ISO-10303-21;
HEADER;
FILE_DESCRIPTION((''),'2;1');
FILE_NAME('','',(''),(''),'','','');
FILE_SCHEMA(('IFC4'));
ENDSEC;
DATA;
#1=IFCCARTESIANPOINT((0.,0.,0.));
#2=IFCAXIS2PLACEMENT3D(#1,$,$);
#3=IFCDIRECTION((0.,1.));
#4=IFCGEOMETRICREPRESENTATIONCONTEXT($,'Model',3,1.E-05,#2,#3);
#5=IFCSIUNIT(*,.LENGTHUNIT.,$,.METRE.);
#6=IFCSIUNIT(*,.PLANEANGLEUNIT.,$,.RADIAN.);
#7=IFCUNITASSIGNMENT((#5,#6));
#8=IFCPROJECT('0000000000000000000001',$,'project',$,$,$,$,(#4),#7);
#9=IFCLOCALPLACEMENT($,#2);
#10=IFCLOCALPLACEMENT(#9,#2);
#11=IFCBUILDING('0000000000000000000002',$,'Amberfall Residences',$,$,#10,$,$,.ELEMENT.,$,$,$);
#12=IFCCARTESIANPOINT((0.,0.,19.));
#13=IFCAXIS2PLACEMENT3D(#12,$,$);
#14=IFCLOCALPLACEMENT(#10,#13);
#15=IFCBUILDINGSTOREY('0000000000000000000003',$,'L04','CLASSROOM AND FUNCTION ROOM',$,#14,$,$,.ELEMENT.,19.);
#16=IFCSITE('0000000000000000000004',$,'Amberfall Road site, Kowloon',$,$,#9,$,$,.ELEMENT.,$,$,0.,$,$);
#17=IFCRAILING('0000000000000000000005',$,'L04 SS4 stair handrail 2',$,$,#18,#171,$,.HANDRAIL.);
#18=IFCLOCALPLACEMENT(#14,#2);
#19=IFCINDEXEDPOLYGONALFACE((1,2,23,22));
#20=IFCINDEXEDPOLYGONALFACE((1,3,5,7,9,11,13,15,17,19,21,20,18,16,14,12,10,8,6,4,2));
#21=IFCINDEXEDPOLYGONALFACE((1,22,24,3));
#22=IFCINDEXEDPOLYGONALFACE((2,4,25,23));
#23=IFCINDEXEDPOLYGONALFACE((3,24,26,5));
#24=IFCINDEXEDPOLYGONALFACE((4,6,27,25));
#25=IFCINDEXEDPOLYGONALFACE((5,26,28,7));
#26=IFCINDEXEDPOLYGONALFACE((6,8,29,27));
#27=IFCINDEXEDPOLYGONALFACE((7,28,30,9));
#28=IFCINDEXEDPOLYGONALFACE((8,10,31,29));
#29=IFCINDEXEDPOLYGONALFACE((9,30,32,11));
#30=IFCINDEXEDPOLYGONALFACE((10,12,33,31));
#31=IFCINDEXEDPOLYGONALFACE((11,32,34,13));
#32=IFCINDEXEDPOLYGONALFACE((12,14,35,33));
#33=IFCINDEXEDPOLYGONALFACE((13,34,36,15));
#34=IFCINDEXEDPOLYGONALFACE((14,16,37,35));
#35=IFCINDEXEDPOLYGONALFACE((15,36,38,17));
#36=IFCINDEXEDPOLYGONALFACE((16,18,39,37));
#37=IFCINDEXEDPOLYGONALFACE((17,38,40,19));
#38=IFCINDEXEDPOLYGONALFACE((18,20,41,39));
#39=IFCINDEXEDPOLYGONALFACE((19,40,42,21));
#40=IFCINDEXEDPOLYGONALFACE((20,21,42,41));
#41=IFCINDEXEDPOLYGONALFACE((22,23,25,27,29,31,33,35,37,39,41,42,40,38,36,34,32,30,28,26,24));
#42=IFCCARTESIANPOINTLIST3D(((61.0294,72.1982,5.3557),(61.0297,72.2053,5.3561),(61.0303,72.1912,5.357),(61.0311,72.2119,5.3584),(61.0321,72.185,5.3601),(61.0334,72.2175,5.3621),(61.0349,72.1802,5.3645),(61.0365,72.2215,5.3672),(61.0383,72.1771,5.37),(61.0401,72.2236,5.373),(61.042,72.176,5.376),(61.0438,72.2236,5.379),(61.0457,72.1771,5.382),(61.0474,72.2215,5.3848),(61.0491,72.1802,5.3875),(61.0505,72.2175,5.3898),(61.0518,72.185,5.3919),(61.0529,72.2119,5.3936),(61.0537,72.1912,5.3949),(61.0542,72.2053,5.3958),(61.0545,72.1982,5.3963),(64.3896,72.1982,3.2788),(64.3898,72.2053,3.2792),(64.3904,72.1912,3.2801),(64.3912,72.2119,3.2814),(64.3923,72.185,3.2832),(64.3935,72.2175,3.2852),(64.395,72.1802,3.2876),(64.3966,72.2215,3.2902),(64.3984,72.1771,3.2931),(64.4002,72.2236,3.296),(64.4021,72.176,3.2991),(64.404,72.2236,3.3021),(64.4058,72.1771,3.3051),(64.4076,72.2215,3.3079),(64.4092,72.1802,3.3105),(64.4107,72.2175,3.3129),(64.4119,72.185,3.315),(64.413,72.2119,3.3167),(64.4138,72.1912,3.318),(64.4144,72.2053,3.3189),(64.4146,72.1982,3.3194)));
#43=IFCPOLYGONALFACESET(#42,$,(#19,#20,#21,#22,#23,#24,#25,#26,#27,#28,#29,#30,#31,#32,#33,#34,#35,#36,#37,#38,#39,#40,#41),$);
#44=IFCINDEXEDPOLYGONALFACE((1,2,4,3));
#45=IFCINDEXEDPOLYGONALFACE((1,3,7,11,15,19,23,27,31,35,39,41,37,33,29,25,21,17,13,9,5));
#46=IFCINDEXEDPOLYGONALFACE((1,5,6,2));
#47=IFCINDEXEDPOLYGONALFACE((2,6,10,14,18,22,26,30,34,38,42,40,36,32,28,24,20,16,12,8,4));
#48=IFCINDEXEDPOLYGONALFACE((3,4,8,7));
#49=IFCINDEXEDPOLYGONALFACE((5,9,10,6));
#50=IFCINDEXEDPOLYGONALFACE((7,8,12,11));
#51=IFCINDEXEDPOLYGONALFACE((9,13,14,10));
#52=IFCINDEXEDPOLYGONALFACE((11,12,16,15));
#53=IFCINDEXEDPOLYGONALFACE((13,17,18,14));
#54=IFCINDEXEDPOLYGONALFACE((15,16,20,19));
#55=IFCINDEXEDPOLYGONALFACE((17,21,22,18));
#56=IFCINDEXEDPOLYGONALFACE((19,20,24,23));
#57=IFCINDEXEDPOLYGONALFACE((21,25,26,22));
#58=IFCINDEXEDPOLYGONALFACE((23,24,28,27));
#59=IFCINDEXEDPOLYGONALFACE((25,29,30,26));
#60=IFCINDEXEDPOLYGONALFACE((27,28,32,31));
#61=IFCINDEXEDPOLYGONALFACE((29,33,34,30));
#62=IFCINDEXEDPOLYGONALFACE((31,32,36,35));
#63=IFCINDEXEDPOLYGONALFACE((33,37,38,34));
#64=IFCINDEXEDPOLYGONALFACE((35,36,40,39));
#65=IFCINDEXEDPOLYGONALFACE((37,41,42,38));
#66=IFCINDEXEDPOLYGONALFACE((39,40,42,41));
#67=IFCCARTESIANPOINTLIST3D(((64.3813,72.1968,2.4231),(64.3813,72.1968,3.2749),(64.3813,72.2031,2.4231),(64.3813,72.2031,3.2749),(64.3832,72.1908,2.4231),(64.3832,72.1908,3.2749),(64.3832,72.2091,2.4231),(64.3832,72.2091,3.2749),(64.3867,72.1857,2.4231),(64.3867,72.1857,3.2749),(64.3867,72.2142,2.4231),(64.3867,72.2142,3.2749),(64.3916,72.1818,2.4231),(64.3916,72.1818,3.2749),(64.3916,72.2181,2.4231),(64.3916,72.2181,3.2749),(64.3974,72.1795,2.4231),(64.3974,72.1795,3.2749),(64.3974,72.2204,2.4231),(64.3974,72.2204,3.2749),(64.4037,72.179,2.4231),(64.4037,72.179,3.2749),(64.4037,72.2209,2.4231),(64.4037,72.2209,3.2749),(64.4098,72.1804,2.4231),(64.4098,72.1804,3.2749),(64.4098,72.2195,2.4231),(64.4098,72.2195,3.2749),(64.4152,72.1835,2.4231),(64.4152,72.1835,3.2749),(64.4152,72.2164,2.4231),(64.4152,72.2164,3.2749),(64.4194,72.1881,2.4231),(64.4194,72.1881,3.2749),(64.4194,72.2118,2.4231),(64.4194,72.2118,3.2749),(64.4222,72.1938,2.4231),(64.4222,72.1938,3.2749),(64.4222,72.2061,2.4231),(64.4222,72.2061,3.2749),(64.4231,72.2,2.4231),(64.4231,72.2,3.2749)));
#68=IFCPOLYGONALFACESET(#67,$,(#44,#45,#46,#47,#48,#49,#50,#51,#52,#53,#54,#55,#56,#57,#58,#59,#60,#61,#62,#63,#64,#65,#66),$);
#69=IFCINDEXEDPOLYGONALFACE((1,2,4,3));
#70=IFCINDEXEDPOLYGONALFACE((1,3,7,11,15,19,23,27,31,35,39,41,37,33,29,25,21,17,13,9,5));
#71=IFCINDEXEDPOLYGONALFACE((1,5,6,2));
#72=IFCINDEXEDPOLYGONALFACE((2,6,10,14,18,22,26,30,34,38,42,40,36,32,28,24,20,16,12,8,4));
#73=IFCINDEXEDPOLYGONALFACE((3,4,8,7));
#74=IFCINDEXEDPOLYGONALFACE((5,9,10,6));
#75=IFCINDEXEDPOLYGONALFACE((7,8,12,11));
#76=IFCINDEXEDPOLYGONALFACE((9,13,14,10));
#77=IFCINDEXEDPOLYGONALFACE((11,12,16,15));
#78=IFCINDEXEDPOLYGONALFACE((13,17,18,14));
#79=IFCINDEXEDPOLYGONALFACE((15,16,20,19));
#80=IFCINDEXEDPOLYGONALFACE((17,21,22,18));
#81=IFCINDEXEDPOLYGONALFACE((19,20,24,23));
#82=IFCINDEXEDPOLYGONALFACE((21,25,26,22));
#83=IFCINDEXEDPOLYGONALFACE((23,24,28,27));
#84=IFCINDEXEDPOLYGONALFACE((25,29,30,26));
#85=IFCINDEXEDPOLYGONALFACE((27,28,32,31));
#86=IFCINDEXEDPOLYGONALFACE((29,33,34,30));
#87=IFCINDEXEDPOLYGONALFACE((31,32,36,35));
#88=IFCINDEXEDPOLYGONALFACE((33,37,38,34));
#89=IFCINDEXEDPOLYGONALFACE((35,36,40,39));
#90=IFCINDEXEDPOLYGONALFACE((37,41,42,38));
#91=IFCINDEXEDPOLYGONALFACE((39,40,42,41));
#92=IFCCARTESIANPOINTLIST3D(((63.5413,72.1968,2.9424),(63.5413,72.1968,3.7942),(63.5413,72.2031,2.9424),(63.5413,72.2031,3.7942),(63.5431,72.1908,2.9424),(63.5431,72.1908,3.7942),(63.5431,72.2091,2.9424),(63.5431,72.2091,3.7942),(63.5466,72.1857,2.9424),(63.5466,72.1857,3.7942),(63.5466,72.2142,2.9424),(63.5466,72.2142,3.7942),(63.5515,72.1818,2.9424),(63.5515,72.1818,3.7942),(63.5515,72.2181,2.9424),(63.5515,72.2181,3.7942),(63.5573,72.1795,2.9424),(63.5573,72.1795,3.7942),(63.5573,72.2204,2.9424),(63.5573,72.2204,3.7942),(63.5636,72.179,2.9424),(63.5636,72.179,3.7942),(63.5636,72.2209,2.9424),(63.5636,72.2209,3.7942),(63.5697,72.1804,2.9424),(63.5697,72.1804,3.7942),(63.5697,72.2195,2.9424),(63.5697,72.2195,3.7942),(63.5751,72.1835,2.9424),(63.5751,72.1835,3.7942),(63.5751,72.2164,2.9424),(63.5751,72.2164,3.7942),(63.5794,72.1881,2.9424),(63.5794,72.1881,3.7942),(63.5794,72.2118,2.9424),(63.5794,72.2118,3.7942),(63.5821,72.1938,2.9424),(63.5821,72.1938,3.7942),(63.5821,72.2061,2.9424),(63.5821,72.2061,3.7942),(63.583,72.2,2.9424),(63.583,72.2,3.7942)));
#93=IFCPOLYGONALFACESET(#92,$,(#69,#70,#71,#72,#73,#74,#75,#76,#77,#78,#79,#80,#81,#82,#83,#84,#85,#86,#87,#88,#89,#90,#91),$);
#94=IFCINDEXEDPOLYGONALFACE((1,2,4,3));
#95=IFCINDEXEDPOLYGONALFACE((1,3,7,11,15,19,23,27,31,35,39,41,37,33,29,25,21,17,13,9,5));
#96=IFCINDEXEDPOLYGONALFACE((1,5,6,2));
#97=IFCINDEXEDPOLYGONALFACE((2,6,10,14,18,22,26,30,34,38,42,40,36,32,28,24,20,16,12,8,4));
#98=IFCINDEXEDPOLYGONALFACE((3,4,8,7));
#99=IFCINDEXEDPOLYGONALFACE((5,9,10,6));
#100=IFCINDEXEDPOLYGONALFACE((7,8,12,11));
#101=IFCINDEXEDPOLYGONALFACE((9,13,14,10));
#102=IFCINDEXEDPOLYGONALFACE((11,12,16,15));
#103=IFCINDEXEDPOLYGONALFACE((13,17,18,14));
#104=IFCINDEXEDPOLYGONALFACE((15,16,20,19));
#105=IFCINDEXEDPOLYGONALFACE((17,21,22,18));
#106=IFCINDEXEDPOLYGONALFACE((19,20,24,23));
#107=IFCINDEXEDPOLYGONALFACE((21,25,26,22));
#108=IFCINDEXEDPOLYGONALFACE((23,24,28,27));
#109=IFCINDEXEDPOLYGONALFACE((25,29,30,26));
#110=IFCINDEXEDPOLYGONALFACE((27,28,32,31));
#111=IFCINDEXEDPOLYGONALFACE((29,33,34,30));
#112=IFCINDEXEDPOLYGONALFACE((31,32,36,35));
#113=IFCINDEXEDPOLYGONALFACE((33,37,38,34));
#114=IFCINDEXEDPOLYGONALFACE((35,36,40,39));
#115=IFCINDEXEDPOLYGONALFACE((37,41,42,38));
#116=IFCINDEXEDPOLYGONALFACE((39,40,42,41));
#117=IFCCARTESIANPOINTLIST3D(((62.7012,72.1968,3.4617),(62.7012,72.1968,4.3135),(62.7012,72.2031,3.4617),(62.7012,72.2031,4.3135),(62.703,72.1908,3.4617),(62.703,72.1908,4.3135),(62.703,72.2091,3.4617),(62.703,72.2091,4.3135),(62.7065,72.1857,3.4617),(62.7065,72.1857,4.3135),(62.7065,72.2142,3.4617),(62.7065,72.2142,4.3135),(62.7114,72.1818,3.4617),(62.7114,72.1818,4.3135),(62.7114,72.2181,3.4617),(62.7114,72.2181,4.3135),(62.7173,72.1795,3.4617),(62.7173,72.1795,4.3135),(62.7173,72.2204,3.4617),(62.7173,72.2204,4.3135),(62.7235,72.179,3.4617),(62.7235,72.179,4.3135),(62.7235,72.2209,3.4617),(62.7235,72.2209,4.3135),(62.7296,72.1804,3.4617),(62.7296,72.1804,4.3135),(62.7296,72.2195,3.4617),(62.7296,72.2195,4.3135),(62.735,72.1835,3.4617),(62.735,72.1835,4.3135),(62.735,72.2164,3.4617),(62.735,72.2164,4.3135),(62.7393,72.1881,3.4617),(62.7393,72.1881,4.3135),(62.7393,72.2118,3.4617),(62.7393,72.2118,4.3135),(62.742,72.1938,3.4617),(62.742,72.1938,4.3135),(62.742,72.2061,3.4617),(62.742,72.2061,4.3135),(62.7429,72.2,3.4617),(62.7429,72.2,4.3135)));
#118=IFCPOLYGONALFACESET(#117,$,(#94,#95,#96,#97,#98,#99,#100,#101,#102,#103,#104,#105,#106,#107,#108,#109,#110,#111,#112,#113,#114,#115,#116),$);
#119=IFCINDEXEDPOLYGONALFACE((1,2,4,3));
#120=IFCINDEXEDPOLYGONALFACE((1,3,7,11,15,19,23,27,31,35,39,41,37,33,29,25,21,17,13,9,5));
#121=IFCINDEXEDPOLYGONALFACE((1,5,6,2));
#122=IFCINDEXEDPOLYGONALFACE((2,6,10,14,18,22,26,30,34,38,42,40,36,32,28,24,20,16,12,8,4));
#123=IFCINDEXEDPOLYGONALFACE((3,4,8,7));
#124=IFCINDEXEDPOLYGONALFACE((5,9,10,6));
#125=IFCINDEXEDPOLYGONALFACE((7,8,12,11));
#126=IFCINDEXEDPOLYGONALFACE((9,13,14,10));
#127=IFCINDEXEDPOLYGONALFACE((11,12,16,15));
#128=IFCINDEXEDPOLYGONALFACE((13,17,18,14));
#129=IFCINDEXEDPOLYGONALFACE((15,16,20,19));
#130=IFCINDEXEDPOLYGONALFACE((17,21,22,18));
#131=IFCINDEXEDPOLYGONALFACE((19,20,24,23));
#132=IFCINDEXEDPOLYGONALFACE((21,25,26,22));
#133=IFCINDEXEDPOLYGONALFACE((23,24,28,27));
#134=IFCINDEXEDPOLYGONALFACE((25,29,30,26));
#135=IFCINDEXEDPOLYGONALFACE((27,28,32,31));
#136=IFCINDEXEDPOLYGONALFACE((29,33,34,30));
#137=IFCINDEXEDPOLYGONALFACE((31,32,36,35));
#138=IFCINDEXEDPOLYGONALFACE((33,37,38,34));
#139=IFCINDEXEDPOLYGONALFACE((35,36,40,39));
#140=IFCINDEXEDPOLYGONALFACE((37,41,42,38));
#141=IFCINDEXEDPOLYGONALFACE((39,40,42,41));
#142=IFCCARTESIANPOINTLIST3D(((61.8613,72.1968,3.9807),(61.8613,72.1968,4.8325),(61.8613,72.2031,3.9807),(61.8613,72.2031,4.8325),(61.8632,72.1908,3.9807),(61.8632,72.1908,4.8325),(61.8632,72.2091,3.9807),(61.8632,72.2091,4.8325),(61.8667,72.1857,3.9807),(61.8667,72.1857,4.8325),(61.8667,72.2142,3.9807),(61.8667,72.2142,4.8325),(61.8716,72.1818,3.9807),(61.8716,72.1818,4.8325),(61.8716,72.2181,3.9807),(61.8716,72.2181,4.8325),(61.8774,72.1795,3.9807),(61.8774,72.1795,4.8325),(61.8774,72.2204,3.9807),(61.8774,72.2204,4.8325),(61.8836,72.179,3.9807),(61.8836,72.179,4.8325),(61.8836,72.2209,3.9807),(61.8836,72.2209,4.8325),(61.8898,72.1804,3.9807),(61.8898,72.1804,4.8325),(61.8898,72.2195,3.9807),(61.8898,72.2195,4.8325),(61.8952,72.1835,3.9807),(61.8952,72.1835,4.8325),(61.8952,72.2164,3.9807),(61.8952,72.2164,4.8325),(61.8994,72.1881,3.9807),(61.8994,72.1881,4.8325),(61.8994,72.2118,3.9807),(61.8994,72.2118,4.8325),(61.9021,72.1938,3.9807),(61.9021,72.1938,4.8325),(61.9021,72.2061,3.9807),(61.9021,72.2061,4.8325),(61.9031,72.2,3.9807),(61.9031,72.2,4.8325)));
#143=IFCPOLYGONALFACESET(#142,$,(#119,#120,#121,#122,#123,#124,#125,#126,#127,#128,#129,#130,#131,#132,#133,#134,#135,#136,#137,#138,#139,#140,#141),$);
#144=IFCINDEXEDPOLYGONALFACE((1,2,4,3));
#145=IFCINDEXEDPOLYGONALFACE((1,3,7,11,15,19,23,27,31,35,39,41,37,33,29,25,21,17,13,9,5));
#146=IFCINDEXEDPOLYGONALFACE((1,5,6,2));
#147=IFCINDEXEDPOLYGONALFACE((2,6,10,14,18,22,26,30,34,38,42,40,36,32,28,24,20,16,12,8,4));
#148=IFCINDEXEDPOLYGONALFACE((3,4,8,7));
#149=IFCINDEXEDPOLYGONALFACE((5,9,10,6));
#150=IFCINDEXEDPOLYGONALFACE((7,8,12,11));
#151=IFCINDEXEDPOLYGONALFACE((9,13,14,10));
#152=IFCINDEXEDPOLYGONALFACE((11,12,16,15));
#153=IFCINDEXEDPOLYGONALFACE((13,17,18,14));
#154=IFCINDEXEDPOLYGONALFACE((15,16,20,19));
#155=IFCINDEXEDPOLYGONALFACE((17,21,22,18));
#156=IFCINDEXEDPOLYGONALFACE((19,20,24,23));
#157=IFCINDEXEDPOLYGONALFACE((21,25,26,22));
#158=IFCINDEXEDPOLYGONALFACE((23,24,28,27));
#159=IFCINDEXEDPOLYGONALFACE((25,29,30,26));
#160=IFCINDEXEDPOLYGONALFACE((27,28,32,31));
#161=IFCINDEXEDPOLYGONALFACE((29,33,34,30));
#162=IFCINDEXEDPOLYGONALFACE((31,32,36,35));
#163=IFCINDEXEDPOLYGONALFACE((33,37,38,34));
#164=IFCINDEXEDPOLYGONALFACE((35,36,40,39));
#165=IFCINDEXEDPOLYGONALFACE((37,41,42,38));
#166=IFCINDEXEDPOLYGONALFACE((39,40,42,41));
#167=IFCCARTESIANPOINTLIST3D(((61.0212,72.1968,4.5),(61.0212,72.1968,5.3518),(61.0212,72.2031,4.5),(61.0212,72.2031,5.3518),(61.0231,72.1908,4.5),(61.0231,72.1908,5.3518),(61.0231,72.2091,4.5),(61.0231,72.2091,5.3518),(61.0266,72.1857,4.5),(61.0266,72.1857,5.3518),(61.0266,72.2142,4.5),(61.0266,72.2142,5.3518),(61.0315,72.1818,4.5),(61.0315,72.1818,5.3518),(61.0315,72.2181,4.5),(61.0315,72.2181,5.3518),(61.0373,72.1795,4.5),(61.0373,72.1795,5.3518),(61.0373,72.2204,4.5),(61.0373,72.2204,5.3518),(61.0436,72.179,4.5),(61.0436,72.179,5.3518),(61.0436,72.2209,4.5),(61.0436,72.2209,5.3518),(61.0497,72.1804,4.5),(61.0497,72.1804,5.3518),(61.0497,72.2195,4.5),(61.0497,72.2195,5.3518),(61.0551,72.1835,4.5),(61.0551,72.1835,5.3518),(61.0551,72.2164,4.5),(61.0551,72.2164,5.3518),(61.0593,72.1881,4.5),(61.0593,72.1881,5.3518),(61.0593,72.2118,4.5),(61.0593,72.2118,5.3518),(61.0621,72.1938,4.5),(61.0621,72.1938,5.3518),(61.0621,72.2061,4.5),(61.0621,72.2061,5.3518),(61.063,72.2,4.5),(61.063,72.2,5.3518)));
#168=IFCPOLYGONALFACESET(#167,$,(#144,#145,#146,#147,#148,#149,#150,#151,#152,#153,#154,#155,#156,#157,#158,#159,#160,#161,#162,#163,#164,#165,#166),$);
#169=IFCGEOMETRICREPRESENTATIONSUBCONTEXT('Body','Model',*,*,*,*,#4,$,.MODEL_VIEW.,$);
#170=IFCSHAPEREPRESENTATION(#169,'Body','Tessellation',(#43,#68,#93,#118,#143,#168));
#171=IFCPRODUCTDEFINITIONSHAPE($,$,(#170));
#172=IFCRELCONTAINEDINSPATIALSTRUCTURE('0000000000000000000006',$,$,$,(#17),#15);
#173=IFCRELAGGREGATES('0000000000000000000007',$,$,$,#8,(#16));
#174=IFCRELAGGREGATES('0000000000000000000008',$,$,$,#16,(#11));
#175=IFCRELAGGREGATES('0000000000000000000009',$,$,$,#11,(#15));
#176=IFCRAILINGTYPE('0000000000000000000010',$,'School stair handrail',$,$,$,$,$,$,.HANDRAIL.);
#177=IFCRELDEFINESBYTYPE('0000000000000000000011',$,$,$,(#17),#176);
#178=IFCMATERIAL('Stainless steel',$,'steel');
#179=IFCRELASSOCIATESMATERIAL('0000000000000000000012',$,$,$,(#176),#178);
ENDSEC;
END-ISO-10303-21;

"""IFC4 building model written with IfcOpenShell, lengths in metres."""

from ifc_helpers import new_model, si_unit, direction, frame, origin, origin_2d, place, context, subcontext, project, spatial, circle, extrude, material, type_object, element, save


model = new_model("IFC4")

# Units and contexts
model_context = context("Model", 3, precision=1e-05, world=origin(), true_north=direction((0.0, 1.0)))
body_context = subcontext(model_context, "Body", "Model", "MODEL_VIEW")
ifc_project = project(units=[si_unit("LENGTHUNIT", "METRE"), si_unit("PLANEANGLEUNIT", "RADIAN")], contexts=[model_context])

# Site, building, storey
site_placement = place(None, origin())
site = spatial("IfcSite", under=ifc_project, at=site_placement, Name="Amberfall Road site, Kowloon", CompositionType="ELEMENT", RefElevation=0.0)
building_placement = place(site_placement, origin())
building = spatial("IfcBuilding", under=site, at=building_placement, Name="Amberfall Residences", CompositionType="ELEMENT")
storey_placement = place(building_placement, frame((0.0, 0.0, 19.0)))
storey = spatial("IfcBuildingStorey", under=building, at=storey_placement, Name="L04", Description="CLASSROOM AND FUNCTION ROOM", CompositionType="ELEMENT", Elevation=19.0)

# Railing
ifc_material_1 = material(Name="Stainless steel", Category="steel")
railing_type_1 = type_object("IfcRailingType", Name="School stair handrail", PredefinedType="HANDRAIL", material=ifc_material_1)
railing_1_placement = place(storey_placement, frame((64.4021, 72.2, 2.4231)))
element("IfcRailing", 1, at=railing_1_placement, inside=storey, type_object=railing_type_1, Name="L04 SS4 stair handrail 2", PredefinedType="HANDRAIL", context=body_context, shape_type="SweptSolid", body=[
    extrude(circle(Radius=0.0239, at=origin_2d()), frame((0.0, 0.0, 0.876), z_axis=(-0.850623, 0.0, 0.525776), x_axis=(0.0, -1.0, 0.0)), (0.0, 0.0, 1.0), 3.9502),
    extrude(circle(Radius=0.021, at=origin_2d()), origin(), (0.0, 0.0, 1.0), 0.8518),
    extrude(circle(Radius=0.021, at=origin_2d()), frame((-0.8401, 0.0, 0.5193)), (0.0, 0.0, 1.0), 0.8518),
    extrude(circle(Radius=0.021, at=origin_2d()), frame((-1.6802, 0.0, 1.0386)), (0.0, 0.0, 1.0), 0.8518),
    extrude(circle(Radius=0.021, at=origin_2d()), frame((-2.52, 0.0, 1.5576)), (0.0, 0.0, 1.0), 0.8518),
    extrude(circle(Radius=0.021, at=origin_2d()), frame((-3.3601, 0.0, 2.0769)), (0.0, 0.0, 1.0), 0.8518),
])

save(model, "model.ifc")
